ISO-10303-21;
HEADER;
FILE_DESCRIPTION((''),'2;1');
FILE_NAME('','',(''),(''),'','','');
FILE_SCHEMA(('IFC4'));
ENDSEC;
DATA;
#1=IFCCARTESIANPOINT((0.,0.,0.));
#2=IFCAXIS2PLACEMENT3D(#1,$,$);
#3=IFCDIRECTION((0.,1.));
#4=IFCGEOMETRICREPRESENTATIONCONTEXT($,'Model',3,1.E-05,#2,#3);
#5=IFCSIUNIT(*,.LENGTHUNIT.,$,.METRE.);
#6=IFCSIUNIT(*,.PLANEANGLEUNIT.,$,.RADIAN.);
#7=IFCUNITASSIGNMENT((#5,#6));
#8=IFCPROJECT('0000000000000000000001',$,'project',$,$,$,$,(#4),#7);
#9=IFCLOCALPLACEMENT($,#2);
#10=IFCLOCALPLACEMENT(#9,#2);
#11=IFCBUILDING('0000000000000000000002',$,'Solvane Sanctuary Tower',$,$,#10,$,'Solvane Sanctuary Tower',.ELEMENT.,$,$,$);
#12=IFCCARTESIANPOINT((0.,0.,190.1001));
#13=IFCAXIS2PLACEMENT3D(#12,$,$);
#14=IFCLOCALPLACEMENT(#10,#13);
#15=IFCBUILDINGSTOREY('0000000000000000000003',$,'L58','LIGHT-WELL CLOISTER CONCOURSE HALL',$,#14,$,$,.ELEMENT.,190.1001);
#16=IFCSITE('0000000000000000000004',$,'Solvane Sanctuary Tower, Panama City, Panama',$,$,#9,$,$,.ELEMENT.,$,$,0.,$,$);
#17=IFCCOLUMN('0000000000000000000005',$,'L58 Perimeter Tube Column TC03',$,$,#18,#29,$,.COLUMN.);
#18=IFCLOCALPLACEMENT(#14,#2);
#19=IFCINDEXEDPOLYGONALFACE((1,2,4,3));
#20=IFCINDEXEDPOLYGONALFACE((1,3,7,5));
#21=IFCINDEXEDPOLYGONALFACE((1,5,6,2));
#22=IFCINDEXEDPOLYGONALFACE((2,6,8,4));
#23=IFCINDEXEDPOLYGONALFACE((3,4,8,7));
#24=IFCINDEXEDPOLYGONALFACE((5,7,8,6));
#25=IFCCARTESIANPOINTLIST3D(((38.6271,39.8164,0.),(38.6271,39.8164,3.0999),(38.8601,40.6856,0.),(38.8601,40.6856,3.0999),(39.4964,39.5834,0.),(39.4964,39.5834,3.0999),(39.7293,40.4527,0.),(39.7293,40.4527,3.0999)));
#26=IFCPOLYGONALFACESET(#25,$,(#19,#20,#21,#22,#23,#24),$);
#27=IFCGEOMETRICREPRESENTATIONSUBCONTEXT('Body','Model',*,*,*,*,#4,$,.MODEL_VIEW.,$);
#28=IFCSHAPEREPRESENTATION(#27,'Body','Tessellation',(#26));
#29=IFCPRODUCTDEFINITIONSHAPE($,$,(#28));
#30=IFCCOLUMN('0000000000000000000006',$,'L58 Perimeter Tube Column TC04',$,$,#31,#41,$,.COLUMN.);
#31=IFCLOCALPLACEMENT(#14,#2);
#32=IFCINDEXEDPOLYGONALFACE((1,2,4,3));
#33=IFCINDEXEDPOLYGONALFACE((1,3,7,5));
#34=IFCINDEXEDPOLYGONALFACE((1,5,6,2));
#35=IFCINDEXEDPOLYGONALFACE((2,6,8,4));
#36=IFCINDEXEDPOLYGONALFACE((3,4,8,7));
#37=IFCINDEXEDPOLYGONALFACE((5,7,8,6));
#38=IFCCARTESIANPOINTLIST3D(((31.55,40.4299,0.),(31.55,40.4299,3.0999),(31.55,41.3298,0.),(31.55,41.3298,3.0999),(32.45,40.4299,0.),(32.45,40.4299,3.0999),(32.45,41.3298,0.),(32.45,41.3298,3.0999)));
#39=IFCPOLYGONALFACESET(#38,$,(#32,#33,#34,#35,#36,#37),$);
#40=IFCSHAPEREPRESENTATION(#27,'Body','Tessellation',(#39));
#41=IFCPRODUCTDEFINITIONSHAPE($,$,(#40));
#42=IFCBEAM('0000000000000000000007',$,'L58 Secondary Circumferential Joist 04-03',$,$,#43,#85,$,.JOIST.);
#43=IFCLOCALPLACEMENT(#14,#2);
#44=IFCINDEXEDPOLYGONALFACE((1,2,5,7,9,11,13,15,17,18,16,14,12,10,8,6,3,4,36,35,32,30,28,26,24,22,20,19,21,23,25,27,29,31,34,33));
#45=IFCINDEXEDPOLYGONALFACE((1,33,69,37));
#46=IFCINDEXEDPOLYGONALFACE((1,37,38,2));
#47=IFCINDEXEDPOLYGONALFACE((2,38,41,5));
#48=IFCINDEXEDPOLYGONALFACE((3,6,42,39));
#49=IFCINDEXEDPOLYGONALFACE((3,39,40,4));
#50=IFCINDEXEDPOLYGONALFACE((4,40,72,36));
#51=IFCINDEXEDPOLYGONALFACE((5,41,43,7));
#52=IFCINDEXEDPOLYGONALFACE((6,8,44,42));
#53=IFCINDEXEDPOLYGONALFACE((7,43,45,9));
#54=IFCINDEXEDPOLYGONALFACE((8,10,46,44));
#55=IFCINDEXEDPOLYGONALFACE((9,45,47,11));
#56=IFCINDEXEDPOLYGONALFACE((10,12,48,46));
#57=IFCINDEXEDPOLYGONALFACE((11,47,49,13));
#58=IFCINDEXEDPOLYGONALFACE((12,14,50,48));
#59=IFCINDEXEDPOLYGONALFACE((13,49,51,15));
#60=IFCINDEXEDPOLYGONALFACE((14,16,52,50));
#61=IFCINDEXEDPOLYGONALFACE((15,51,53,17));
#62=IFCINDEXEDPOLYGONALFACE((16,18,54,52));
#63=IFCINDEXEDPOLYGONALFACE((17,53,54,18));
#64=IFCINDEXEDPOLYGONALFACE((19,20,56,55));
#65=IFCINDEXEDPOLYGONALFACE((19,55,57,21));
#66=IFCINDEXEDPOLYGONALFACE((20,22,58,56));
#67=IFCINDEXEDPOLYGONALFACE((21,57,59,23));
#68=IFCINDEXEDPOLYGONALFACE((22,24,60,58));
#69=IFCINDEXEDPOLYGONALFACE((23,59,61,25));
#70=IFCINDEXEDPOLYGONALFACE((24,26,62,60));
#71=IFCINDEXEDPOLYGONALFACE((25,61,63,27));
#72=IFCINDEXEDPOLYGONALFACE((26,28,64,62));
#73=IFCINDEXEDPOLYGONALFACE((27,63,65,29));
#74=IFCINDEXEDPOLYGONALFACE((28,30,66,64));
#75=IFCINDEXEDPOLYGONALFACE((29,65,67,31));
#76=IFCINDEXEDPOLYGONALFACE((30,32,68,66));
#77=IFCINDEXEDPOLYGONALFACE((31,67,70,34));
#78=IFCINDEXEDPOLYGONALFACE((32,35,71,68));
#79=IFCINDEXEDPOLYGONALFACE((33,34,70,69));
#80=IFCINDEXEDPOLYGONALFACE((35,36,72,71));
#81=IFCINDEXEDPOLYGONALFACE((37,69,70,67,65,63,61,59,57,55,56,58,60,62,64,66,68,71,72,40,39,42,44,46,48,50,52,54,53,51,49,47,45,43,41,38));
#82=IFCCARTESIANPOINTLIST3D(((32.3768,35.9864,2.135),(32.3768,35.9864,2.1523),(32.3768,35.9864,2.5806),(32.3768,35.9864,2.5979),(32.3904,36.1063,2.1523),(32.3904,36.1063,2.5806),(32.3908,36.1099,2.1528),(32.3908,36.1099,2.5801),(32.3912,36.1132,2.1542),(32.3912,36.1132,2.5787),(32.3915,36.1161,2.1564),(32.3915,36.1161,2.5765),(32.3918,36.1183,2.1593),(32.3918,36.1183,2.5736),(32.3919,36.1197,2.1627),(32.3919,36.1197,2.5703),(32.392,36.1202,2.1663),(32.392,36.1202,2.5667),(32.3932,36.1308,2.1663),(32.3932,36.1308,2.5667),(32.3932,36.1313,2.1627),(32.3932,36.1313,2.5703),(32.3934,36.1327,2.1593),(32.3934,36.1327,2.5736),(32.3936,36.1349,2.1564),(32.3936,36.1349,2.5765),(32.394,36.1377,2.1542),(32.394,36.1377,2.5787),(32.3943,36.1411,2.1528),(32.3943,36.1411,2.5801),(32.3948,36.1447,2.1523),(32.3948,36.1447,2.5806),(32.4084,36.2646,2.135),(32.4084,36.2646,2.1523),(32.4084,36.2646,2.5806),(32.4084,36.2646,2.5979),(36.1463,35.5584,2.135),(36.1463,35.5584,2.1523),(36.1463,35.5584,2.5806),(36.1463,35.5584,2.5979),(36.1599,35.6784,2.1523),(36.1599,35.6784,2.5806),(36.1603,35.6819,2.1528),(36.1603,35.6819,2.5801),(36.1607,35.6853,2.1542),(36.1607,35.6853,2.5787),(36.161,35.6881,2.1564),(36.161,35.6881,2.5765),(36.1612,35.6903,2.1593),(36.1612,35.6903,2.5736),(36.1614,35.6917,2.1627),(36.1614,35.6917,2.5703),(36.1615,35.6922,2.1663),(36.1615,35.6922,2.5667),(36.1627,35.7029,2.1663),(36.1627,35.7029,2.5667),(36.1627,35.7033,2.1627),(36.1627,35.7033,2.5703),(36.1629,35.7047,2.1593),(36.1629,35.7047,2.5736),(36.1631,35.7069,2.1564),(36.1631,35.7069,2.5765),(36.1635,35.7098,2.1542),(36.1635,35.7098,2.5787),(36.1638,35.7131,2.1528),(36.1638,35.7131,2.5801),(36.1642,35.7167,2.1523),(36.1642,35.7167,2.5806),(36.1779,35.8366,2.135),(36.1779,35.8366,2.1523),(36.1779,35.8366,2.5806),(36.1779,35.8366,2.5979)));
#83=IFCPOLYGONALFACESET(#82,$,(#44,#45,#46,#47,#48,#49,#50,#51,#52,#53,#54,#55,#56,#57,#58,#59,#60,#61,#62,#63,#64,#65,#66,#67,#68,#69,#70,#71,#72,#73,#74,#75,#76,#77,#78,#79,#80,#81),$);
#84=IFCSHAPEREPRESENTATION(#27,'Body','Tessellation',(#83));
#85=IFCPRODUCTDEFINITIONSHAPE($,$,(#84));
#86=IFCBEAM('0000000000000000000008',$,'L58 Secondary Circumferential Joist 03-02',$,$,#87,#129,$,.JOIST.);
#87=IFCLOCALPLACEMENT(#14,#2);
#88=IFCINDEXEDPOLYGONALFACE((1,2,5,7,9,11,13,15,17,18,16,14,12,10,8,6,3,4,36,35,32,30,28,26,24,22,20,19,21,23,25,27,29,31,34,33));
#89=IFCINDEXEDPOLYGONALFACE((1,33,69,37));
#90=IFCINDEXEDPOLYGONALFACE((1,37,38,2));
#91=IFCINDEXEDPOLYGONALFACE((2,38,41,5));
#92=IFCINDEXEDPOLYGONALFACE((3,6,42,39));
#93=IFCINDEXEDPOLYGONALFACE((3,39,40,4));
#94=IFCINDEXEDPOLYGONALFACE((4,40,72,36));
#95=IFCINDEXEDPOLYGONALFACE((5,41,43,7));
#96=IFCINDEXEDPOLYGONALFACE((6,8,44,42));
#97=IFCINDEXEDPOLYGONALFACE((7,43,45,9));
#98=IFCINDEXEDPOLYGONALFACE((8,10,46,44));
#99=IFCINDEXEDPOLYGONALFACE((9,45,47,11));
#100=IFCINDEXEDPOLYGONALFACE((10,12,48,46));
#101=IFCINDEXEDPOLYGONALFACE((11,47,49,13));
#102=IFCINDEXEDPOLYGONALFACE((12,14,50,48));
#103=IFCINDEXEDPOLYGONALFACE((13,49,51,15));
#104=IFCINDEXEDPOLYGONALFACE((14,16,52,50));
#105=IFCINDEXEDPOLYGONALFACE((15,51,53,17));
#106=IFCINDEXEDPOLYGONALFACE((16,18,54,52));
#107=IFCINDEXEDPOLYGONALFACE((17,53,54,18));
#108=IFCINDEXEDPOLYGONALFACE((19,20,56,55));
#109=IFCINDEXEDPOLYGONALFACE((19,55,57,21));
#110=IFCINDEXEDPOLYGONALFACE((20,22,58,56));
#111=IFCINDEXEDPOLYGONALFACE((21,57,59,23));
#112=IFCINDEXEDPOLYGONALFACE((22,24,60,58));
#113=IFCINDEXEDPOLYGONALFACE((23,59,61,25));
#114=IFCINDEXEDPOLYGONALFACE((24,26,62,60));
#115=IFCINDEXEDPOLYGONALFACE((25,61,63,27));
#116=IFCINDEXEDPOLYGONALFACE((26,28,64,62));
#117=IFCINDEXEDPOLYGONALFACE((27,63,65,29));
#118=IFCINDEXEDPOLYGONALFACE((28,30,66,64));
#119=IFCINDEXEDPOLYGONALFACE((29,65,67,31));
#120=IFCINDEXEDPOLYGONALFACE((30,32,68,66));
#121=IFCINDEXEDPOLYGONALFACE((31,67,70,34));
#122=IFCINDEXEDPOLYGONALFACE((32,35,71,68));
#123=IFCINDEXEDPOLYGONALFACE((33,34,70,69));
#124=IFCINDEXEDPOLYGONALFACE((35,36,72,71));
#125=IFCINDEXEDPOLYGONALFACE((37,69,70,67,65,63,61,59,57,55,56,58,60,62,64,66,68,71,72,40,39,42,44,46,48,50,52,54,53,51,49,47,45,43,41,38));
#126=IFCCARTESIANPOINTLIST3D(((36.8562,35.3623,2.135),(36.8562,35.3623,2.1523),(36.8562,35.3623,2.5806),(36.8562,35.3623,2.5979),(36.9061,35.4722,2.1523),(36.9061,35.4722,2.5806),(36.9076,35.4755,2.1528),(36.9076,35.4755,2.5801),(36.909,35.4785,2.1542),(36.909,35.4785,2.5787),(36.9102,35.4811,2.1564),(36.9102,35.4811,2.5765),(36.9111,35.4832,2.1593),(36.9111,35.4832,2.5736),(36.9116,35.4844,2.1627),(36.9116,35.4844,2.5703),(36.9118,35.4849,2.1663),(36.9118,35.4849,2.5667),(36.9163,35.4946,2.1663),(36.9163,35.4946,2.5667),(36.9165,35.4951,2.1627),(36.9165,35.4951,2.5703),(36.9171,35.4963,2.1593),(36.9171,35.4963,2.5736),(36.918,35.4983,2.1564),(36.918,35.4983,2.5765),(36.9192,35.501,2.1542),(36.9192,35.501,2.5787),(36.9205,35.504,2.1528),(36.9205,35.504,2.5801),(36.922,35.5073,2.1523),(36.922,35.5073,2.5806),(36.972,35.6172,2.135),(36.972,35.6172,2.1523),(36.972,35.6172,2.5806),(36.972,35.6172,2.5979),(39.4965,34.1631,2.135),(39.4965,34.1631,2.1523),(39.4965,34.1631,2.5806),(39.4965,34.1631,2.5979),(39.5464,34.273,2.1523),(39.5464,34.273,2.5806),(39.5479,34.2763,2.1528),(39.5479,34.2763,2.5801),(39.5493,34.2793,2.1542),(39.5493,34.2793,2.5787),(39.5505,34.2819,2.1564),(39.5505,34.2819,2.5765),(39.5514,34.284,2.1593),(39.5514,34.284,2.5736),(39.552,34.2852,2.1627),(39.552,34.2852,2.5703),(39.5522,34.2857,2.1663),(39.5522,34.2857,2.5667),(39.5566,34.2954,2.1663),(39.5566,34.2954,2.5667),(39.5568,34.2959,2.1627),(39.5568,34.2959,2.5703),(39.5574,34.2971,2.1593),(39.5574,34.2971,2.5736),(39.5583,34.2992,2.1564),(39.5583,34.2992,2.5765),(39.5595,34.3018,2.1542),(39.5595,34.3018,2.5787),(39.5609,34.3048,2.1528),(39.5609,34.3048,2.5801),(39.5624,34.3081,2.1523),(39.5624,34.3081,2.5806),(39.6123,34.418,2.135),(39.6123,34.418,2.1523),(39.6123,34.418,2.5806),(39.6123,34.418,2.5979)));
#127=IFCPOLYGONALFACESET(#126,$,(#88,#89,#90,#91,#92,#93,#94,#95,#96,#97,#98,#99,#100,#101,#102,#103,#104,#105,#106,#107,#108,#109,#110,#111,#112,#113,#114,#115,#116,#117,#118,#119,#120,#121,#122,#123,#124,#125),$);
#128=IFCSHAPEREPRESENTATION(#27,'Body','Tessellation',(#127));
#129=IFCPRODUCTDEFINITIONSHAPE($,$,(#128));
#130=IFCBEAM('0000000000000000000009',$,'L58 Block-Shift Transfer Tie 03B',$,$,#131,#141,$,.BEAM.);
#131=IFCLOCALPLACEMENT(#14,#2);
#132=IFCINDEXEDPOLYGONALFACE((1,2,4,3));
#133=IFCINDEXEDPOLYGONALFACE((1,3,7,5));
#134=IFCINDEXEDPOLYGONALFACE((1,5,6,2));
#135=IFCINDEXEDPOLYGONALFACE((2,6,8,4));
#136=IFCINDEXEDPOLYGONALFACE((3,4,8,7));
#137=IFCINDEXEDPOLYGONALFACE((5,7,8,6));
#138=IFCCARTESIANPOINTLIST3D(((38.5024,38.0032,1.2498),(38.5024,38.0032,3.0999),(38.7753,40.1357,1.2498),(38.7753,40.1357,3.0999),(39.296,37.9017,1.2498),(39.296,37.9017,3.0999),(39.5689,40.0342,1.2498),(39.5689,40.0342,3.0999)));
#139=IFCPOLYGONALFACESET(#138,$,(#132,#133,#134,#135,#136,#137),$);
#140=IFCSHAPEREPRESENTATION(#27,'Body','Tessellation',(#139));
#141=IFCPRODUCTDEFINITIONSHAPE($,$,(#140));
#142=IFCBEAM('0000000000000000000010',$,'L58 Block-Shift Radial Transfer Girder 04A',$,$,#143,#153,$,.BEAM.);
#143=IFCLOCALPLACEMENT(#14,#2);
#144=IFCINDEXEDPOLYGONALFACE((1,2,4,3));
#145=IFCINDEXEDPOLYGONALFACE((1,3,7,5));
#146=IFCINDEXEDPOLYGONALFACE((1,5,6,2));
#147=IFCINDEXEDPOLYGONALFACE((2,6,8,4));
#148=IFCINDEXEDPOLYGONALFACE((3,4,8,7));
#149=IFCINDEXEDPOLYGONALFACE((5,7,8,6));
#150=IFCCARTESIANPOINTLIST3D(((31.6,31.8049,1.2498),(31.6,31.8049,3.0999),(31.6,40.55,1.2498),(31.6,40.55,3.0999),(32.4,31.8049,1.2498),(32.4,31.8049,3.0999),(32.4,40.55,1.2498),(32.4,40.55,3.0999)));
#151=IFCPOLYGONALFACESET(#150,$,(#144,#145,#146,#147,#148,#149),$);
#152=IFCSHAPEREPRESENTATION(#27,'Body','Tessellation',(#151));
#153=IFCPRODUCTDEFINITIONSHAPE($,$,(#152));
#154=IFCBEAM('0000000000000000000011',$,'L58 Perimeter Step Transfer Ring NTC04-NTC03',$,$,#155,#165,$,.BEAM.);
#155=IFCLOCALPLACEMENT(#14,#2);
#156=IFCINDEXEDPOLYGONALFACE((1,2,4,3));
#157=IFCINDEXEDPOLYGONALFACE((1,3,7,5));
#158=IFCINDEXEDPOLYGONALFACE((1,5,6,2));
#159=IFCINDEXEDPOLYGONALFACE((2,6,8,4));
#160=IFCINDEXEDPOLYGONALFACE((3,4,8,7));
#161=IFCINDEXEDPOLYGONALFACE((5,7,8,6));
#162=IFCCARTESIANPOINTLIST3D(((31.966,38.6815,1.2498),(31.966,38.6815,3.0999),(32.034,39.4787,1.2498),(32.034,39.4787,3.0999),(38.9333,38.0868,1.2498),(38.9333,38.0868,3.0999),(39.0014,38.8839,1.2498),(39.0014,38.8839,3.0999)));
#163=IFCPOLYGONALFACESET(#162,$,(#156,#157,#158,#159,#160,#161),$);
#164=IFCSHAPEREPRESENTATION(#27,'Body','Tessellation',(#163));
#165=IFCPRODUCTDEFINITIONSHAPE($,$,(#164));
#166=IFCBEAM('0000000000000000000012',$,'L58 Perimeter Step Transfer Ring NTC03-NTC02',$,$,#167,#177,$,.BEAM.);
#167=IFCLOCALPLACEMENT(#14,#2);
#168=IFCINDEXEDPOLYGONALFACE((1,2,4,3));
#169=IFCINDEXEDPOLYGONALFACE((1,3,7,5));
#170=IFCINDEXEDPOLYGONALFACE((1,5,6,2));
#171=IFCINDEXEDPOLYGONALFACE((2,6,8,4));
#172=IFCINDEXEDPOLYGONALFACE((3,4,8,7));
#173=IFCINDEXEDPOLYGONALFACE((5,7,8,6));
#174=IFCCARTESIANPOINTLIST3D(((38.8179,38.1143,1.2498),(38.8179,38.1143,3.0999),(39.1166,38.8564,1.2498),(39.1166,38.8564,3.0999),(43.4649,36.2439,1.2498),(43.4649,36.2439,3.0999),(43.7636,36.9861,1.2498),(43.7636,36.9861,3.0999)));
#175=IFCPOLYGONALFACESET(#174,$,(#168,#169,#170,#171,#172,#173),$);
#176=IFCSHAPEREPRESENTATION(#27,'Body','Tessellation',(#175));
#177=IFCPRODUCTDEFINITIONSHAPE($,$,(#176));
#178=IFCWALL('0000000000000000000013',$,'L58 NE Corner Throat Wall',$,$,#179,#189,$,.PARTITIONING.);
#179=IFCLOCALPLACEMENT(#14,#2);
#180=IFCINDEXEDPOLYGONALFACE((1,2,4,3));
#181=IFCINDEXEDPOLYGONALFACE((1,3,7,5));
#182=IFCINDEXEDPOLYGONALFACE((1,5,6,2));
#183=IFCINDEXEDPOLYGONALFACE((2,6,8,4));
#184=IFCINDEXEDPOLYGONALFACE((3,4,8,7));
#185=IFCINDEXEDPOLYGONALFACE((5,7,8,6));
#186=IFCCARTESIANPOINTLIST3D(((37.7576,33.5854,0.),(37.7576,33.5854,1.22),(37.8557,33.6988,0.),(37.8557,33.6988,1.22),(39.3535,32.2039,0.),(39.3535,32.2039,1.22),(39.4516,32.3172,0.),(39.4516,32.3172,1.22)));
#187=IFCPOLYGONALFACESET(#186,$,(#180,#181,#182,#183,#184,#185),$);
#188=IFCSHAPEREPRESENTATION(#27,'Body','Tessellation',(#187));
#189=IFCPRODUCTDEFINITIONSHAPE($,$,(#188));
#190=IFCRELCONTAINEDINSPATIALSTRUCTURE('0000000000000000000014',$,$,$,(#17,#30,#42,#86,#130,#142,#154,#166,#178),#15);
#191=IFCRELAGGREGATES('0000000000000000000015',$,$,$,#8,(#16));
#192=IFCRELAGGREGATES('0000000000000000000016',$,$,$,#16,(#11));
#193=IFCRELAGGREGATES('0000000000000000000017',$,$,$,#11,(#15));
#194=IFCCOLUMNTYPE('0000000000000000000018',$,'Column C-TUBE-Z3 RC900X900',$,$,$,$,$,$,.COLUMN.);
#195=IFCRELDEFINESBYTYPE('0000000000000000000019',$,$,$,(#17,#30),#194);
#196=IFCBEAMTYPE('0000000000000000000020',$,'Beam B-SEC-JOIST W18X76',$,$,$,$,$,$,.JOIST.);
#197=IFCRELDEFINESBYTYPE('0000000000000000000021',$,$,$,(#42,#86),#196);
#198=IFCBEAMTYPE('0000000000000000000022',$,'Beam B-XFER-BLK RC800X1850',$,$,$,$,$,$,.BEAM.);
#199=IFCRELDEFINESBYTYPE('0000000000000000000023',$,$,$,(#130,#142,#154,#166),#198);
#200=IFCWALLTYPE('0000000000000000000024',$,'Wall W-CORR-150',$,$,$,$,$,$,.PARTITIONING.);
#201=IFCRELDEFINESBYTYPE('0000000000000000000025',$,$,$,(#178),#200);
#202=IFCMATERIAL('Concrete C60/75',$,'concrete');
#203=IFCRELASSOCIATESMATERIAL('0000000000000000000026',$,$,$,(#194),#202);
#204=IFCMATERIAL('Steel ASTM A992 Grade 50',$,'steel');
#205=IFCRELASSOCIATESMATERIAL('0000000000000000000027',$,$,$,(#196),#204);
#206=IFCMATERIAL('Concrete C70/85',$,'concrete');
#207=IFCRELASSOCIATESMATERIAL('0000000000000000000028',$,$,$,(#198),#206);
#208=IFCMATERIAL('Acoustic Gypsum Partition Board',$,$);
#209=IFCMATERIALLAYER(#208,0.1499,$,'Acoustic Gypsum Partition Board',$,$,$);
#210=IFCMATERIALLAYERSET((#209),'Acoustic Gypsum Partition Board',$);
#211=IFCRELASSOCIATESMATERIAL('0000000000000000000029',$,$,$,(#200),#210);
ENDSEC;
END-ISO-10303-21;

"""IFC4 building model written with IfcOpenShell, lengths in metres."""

from ifc_helpers import new_model, si_unit, direction, frame, frame_2d, origin, origin_2d, place, context, subcontext, project, spatial, rectangle, i_section, extrude, material, layer, layer_set, material_profile, profile_set, type_object, element, save


model = new_model("IFC4")

# Units and contexts
model_context = context("Model", 3, precision=1e-05, world=origin(), true_north=direction((0.0, 1.0)))
body_context = subcontext(model_context, "Body", "Model", "MODEL_VIEW")
ifc_project = project(units=[si_unit("LENGTHUNIT", "METRE"), si_unit("PLANEANGLEUNIT", "RADIAN")], contexts=[model_context])

# Site, building, storey
site_placement = place(None, origin())
site = spatial("IfcSite", under=ifc_project, at=site_placement, Name="Solvane Sanctuary Tower, Panama City, Panama", CompositionType="ELEMENT", RefElevation=0.0)
building_placement = place(site_placement, origin())
building = spatial("IfcBuilding", under=site, at=building_placement, Name="Solvane Sanctuary Tower", LongName="Solvane Sanctuary Tower", CompositionType="ELEMENT")
storey_placement = place(building_placement, frame((0.0, 0.0, 190.1001)))
storey = spatial("IfcBuildingStorey", under=building, at=storey_placement, Name="L58", Description="LIGHT-WELL CLOISTER CONCOURSE HALL", CompositionType="ELEMENT", Elevation=190.1001)

# Columns
ifc_material_1 = material(Name="Concrete C60/75", Category="concrete")
ifc_material_profile_1 = material_profile(ifc_material_1, rectangle(XDim=0.8999, YDim=0.8999, at=origin_2d()), Name="RC900X900")
ifc_profile_set_1 = profile_set([ifc_material_profile_1], Name="Concrete C60/75")
column_type = type_object("IfcColumnType", Name="Column C-TUBE-Z3 RC900X900", PredefinedType="COLUMN", material=ifc_profile_set_1)
for number, where, z_axis, x_axis, name in (
    (1, (39.1782, 40.1345, 0.0), (0.0, 0.0, 1.0), (0.258819, 0.965926, 0.0), "L58 Perimeter Tube Column TC03"),
    (2, (32.0, 40.8799, 0.0), (0.0, 0.0, 1.0), (0.0, 1.0, 0.0), "L58 Perimeter Tube Column TC04"),
):
    element("IfcColumn", number, at=place(storey_placement, frame(where, z_axis=z_axis, x_axis=x_axis)), inside=storey, type_object=column_type, Name=name, PredefinedType="COLUMN", context=body_context, shape_type="SweptSolid", body=[
        extrude(rectangle(XDim=0.8999, YDim=0.8999, at=origin_2d()), origin(), (0.0, 0.0, 1.0), 3.0999),
    ])

# Beams
ifc_material_2 = material(Name="Steel ASTM A992 Grade 50", Category="steel")
ifc_material_profile_2 = material_profile(ifc_material_2, i_section(OverallWidth=0.28, OverallDepth=0.4629, WebThickness=0.0107, FlangeThickness=0.0173, FilletRadius=0.0139, at=origin_2d()), Name="W18X76")
ifc_profile_set_2 = profile_set([ifc_material_profile_2], Name="Steel ASTM A992 Grade 50")
beam_type_1 = type_object("IfcBeamType", Name="Beam B-SEC-JOIST W18X76", PredefinedType="JOIST", material=ifc_profile_set_2)
beam_1_placement = place(storey_placement, frame((32.3926, 36.1255, 2.3665), z_axis=(0.993616, -0.112812, 0.0), x_axis=(0.112812, 0.993616, 0.0)))
element("IfcBeam", 3, at=beam_1_placement, inside=storey, type_object=beam_type_1, Name="L58 Secondary Circumferential Joist 04-03", PredefinedType="JOIST", context=body_context, shape_type="SweptSolid", body=[
    extrude(i_section(OverallWidth=0.28, OverallDepth=0.4629, WebThickness=0.0107, FlangeThickness=0.0173, FilletRadius=0.0139, at=origin_2d()), origin(), (0.0, 0.0, 1.0), 3.7937),
])
beam_2_placement = place(storey_placement, frame((36.9141, 35.4897, 2.3665), z_axis=(0.91049, -0.41353, 0.0), x_axis=(0.41353, 0.91049, 0.0)))
element("IfcBeam", 4, at=beam_2_placement, inside=storey, type_object=beam_type_1, Name="L58 Secondary Circumferential Joist 03-02", PredefinedType="JOIST", context=body_context, shape_type="SweptSolid", body=[
    extrude(i_section(OverallWidth=0.28, OverallDepth=0.4629, WebThickness=0.0107, FlangeThickness=0.0173, FilletRadius=0.0139, at=origin_2d()), origin(), (0.0, 0.0, 1.0), 2.8999),
])
ifc_material_3 = material(Name="Concrete C70/85", Category="concrete")
ifc_material_profile_3 = material_profile(ifc_material_3, rectangle(XDim=0.8, YDim=1.8501, at=origin_2d()), Name="RC800X1850")
ifc_profile_set_3 = profile_set([ifc_material_profile_3], Name="Concrete C70/85")
beam_type_2 = type_object("IfcBeamType", Name="Beam B-XFER-BLK RC800X1850", PredefinedType="BEAM", material=ifc_profile_set_3)
beam_3_placement = place(storey_placement, frame((39.1721, 40.085, 2.1748), z_axis=(-0.126955, -0.991908, 0.0), x_axis=(0.991908, -0.126955, 0.0)))
element("IfcBeam", 5, at=beam_3_placement, inside=storey, type_object=beam_type_2, Name="L58 Block-Shift Transfer Tie 03B", PredefinedType="BEAM", context=body_context, shape_type="SweptSolid", body=[
    extrude(rectangle(XDim=0.8, YDim=1.8501, at=origin_2d()), origin(), (0.0, 0.0, 1.0), 2.1499),
])
beam_4_placement = place(storey_placement, frame((32.0, 31.8049, 2.1748), z_axis=(0.0, 1.0, 0.0), x_axis=(-1.0, 0.0, 0.0)))
element("IfcBeam", 6, at=beam_4_placement, inside=storey, type_object=beam_type_2, Name="L58 Block-Shift Radial Transfer Girder 04A", PredefinedType="BEAM", context=body_context, shape_type="SweptSolid", body=[
    extrude(rectangle(XDim=0.8, YDim=1.8501, at=origin_2d()), origin(), (0.0, 0.0, 1.0), 8.7451),
])
beam_5_placement = place(storey_placement, frame((32.0, 39.0801, 2.1748), z_axis=(0.996377, -0.085051, 0.0), x_axis=(0.085051, 0.996377, 0.0)))
element("IfcBeam", 7, at=beam_5_placement, inside=storey, type_object=beam_type_2, Name="L58 Perimeter Step Transfer Ring NTC04-NTC03", PredefinedType="BEAM", context=body_context, shape_type="SweptSolid", body=[
    extrude(rectangle(XDim=0.8, YDim=1.8501, at=origin_2d()), origin(), (0.0, 0.0, 1.0), 6.9927),
])
beam_6_placement = place(storey_placement, frame((38.9673, 38.4854, 2.1748), z_axis=(0.927678, -0.373381, 0.0), x_axis=(0.373381, 0.927678, 0.0)))
element("IfcBeam", 8, at=beam_6_placement, inside=storey, type_object=beam_type_2, Name="L58 Perimeter Step Transfer Ring NTC03-NTC02", PredefinedType="BEAM", context=body_context, shape_type="SweptSolid", body=[
    extrude(rectangle(XDim=0.8, YDim=1.8501, at=origin_2d()), origin(), (0.0, 0.0, 1.0), 5.0093),
])

# Wall
ifc_material_4 = material(Name="Acoustic Gypsum Partition Board")
ifc_layer_1 = layer(ifc_material_4, 0.1499, Name="Acoustic Gypsum Partition Board")
ifc_layer_set_1 = layer_set([ifc_layer_1], Name="Acoustic Gypsum Partition Board")
wall_type_1 = type_object("IfcWallType", Name="Wall W-CORR-150", PredefinedType="PARTITIONING", material=ifc_layer_set_1)
wall_1_placement = place(storey_placement, frame((37.8066, 33.6421, 0.0), z_axis=(0.0, 0.0, 1.0), x_axis=(0.756055, -0.654508, 0.0)))
element("IfcWall", 9, at=wall_1_placement, inside=storey, type_object=wall_type_1, Name="L58 NE Corner Throat Wall", PredefinedType="PARTITIONING", context=body_context, shape_type="SweptSolid", body=[
    extrude(rectangle(XDim=2.1108, YDim=0.1499, at=frame_2d((1.0554, 0.0))), origin(), (0.0, 0.0, 1.0), 1.22),
])

save(model, "model.ifc")
